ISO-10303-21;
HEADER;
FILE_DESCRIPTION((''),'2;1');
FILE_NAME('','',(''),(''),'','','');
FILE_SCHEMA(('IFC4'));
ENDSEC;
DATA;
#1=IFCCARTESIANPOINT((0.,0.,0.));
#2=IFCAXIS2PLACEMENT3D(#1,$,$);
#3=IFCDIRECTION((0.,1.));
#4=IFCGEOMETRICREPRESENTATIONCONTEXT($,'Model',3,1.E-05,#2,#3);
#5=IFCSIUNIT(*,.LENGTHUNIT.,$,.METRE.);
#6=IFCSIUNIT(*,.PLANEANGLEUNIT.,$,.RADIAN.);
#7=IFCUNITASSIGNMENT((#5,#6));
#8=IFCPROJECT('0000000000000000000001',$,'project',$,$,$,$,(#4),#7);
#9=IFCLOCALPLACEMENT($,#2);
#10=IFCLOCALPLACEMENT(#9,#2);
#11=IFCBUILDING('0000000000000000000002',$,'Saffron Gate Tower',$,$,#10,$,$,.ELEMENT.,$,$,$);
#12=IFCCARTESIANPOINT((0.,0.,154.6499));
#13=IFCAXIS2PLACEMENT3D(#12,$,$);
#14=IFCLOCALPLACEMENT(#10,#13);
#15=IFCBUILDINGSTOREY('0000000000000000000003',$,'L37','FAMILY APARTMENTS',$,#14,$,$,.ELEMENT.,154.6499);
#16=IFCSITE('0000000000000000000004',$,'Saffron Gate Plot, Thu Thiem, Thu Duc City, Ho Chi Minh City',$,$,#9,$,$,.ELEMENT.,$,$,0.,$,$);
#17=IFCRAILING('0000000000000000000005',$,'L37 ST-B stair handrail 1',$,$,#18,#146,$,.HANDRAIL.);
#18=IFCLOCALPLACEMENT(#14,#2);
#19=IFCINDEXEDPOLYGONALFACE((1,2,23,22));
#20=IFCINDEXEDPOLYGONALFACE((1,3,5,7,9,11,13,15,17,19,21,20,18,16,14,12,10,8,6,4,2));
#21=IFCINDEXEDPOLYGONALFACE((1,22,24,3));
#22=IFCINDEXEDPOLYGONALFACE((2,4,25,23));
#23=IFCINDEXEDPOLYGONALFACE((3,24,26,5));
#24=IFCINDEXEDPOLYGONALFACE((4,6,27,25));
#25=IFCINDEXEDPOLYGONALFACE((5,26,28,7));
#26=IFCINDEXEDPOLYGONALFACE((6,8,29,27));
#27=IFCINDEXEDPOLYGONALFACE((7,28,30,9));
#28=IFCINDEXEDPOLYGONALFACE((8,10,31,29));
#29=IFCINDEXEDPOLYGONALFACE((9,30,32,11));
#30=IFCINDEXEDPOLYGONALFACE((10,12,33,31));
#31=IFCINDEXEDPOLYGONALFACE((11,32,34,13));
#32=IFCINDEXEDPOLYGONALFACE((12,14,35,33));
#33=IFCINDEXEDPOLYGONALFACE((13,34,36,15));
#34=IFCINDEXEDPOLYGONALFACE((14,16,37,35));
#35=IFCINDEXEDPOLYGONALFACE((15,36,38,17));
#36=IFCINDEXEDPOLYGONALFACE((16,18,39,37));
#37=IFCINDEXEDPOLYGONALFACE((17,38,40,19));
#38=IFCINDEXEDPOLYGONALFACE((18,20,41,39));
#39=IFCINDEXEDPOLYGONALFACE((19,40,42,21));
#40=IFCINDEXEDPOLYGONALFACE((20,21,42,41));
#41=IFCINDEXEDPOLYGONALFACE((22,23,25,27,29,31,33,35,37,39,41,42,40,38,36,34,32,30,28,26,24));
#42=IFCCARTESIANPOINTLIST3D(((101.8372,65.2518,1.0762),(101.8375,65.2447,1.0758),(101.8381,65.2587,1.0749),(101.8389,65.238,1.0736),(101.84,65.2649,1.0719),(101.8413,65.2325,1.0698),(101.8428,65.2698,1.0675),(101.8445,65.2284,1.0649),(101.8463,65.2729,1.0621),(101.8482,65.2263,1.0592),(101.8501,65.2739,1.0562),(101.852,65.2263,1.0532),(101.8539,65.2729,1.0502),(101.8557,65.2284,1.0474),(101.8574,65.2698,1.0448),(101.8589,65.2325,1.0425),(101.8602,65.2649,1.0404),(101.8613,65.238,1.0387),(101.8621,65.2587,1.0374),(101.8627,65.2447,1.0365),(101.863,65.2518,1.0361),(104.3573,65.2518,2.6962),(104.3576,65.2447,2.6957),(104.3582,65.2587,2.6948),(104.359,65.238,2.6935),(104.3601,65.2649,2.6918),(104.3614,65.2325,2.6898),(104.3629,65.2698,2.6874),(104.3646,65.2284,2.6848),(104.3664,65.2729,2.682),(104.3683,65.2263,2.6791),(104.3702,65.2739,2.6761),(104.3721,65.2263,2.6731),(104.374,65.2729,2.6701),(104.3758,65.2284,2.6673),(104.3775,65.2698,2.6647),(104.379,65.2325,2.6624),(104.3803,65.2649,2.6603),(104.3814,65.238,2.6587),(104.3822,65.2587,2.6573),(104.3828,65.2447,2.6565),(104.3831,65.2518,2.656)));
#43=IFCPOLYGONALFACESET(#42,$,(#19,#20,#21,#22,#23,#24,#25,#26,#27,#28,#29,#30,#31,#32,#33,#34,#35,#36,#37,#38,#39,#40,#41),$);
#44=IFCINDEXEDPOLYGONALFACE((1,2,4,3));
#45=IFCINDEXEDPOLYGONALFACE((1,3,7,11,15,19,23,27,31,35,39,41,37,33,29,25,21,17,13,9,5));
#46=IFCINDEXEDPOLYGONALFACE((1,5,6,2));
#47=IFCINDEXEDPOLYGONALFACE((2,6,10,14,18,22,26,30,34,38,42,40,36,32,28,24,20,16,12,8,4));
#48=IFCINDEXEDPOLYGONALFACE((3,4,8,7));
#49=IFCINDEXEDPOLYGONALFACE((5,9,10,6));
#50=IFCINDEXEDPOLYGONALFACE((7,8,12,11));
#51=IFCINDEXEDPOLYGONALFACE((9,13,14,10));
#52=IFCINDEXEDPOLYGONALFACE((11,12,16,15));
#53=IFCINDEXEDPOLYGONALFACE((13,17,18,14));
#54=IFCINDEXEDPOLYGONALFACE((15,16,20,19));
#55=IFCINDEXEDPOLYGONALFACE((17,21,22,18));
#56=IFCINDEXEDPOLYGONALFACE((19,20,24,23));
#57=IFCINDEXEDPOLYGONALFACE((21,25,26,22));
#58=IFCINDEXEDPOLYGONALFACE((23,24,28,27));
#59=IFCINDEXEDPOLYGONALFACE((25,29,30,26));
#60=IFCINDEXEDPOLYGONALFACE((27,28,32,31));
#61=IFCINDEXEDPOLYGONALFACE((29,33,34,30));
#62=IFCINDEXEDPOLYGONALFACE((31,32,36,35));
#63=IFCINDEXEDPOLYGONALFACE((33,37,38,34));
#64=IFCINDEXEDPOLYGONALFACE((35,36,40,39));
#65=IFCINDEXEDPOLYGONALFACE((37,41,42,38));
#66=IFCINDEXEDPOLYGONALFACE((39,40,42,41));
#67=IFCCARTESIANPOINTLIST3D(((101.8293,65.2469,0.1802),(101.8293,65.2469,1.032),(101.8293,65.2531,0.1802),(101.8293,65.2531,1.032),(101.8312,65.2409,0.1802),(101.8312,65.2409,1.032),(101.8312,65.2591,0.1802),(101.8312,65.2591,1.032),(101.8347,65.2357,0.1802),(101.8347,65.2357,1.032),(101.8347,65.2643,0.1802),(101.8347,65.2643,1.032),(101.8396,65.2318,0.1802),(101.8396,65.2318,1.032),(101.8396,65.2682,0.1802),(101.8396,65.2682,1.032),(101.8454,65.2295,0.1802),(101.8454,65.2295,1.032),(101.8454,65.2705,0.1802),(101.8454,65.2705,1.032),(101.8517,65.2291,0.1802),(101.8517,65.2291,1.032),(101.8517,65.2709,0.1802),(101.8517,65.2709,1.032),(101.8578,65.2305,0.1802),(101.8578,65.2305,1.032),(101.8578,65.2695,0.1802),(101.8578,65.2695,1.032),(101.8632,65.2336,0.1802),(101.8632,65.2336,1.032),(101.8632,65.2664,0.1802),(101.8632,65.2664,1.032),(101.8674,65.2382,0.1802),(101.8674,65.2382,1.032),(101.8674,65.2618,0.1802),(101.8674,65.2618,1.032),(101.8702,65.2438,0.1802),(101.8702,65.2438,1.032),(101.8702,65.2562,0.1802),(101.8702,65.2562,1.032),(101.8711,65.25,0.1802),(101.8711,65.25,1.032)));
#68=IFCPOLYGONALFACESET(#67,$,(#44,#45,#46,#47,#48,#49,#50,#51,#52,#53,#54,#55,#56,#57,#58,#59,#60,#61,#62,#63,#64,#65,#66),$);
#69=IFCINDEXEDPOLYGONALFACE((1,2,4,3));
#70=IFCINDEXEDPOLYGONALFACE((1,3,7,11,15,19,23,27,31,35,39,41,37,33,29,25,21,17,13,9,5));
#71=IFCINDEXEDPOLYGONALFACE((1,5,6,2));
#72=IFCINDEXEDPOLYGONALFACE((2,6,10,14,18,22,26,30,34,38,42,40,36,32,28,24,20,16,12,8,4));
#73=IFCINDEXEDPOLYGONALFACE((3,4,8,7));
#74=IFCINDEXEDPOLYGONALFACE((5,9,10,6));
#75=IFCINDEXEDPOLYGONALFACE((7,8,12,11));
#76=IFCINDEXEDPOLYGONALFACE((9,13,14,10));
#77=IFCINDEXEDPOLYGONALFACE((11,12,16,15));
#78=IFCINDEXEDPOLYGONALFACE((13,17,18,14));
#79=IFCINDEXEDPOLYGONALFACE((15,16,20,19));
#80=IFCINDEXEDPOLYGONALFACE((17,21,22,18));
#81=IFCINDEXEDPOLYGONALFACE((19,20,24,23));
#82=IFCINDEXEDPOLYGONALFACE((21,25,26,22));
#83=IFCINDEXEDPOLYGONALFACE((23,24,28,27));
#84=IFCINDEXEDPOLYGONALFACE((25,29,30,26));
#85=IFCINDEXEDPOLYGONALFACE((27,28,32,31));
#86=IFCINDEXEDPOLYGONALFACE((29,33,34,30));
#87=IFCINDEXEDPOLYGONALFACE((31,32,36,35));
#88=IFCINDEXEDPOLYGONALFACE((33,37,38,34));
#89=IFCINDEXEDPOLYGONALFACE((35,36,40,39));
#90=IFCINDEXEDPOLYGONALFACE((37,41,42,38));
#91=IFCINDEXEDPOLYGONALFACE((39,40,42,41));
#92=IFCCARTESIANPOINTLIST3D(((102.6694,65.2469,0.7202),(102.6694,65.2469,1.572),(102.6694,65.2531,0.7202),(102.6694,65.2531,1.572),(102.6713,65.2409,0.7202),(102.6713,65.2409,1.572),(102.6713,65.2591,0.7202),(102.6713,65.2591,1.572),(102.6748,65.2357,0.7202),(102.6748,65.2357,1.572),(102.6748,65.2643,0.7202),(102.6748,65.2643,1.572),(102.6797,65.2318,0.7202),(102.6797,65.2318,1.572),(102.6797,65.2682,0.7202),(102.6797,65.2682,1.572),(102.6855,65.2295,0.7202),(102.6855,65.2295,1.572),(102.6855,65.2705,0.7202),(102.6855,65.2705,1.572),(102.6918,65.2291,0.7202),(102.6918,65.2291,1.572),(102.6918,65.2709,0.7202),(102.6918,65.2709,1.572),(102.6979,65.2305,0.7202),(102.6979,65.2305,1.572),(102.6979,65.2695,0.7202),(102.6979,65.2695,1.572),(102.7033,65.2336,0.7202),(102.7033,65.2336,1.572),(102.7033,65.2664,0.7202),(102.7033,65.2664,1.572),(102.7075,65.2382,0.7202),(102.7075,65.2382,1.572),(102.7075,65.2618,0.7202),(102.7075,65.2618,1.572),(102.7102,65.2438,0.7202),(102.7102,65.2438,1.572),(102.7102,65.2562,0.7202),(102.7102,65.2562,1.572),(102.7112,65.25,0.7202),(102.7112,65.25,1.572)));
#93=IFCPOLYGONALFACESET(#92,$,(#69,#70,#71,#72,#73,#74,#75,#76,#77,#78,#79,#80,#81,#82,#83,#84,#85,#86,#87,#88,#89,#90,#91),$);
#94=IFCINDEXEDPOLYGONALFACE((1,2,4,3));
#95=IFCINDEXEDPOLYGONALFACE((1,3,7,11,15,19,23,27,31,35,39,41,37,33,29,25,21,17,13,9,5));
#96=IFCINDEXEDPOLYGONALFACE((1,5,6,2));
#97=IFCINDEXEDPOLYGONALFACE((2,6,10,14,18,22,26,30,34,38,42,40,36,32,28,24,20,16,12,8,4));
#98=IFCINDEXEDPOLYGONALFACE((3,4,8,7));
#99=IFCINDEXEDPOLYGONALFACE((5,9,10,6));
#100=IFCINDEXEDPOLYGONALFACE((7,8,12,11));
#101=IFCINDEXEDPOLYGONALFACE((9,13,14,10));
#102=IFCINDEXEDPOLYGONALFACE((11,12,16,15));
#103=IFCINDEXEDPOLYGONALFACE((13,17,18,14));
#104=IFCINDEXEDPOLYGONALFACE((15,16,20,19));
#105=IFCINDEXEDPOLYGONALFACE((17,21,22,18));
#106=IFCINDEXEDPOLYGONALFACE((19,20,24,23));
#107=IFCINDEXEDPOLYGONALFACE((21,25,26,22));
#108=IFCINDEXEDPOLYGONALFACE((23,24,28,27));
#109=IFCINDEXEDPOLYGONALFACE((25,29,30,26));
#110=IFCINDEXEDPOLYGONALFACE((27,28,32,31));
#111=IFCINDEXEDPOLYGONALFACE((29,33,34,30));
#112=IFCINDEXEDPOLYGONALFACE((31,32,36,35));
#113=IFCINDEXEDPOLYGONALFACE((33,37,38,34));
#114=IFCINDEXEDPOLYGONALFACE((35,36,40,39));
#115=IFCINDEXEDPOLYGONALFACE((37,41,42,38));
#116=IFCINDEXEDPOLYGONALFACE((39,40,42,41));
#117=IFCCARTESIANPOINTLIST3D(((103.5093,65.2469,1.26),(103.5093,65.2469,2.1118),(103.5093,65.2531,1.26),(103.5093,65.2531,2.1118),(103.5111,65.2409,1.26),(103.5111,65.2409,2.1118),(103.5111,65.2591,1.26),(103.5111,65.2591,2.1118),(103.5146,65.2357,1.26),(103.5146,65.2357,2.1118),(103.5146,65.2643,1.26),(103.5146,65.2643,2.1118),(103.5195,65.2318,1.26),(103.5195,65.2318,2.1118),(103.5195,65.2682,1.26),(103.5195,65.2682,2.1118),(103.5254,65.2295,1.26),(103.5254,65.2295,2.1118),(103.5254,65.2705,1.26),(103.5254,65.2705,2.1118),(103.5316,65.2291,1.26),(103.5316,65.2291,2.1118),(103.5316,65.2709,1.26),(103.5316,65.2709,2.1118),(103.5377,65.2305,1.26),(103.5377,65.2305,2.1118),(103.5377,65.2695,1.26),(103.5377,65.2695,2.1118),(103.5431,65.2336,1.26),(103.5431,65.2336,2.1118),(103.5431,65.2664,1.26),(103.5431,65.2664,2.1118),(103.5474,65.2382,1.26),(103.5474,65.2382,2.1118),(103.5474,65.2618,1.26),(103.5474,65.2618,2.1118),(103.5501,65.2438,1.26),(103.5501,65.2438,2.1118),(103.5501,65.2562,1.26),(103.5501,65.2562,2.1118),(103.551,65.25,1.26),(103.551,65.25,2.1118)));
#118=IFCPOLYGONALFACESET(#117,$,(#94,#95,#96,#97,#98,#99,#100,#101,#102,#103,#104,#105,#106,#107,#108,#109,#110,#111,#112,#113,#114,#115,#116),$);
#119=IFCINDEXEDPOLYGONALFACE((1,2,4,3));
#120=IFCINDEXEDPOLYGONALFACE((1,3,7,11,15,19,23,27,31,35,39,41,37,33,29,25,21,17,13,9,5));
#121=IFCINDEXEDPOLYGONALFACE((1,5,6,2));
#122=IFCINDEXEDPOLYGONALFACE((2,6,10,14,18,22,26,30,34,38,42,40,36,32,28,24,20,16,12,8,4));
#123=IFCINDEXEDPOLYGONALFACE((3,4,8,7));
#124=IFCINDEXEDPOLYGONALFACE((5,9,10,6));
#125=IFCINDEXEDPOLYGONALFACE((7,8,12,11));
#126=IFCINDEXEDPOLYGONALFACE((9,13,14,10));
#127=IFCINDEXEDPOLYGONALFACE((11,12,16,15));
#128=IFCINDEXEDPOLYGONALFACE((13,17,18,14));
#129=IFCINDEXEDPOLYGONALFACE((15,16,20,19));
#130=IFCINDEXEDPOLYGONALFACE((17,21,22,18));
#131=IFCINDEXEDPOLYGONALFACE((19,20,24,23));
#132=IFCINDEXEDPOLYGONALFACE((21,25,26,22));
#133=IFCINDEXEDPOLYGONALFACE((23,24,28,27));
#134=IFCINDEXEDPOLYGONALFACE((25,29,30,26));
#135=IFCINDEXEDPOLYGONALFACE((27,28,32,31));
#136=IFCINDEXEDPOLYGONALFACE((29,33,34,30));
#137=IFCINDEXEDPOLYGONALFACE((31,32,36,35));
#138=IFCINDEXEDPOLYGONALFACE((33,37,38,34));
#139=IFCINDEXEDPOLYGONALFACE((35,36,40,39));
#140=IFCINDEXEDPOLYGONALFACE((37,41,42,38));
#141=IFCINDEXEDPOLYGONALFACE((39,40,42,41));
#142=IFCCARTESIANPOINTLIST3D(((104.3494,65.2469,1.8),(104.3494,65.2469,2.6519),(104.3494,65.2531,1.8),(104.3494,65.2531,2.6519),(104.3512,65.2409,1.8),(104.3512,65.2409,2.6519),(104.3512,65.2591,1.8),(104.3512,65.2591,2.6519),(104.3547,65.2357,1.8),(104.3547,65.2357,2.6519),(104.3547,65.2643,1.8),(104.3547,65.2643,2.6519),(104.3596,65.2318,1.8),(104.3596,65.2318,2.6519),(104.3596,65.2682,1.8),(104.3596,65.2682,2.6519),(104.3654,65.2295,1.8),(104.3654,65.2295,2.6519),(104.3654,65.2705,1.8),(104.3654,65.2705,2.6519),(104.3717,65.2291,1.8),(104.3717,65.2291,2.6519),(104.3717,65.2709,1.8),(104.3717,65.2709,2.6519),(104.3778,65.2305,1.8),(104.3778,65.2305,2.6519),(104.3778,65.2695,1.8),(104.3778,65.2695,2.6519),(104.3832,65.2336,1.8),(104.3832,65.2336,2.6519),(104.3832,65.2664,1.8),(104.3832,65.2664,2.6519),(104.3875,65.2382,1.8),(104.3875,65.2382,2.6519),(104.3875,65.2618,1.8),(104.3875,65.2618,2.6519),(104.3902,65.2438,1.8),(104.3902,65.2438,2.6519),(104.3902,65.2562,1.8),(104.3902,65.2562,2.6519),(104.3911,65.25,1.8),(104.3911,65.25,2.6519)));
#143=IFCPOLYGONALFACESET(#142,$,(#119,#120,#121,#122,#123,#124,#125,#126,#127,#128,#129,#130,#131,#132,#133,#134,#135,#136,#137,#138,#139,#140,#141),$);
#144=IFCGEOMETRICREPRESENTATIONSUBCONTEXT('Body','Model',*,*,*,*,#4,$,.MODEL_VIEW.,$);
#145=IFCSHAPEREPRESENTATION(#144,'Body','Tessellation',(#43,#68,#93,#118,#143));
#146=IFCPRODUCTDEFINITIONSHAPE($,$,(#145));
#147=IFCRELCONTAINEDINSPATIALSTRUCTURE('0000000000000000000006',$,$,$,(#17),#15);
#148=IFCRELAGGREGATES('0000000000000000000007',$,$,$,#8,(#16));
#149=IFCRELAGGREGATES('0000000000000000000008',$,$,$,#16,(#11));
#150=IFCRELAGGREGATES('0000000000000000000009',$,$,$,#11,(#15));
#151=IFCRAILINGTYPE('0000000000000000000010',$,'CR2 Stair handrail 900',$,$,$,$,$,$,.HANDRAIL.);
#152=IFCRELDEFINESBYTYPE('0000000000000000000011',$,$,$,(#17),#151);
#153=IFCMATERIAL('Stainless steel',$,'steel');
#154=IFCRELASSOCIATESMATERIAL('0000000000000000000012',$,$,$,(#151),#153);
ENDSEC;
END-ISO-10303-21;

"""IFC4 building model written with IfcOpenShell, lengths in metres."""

from ifc_helpers import new_model, si_unit, direction, frame, origin, origin_2d, place, context, subcontext, project, spatial, circle, extrude, material, type_object, element, save


model = new_model("IFC4")

# Units and contexts
model_context = context("Model", 3, precision=1e-05, world=origin(), true_north=direction((0.0, 1.0)))
body_context = subcontext(model_context, "Body", "Model", "MODEL_VIEW")
ifc_project = project(units=[si_unit("LENGTHUNIT", "METRE"), si_unit("PLANEANGLEUNIT", "RADIAN")], contexts=[model_context])

# Site, building, storey
site_placement = place(None, origin())
site = spatial("IfcSite", under=ifc_project, at=site_placement, Name="Saffron Gate Plot, Thu Thiem, Thu Duc City, Ho Chi Minh City", CompositionType="ELEMENT", RefElevation=0.0)
building_placement = place(site_placement, origin())
building = spatial("IfcBuilding", under=site, at=building_placement, Name="Saffron Gate Tower", CompositionType="ELEMENT")
storey_placement = place(building_placement, frame((0.0, 0.0, 154.6499)))
storey = spatial("IfcBuildingStorey", under=building, at=storey_placement, Name="L37", Description="FAMILY APARTMENTS", CompositionType="ELEMENT", Elevation=154.6499)

# Railing
ifc_material_1 = material(Name="Stainless steel", Category="steel")
railing_type_1 = type_object("IfcRailingType", Name="CR2 Stair handrail 900", PredefinedType="HANDRAIL", material=ifc_material_1)
railing_1_placement = place(storey_placement, frame((101.8501, 65.25, 0.1802)))
element("IfcRailing", 1, at=railing_1_placement, inside=storey, type_object=railing_type_1, Name="L37 ST-B stair handrail 1", PredefinedType="HANDRAIL", context=body_context, shape_type="SweptSolid", body=[
    extrude(circle(Radius=0.0239, at=origin_2d()), frame((0.0, 0.0, 0.876), z_axis=(0.8412, 0.0, 0.540725), x_axis=(0.0, 1.0, 0.0)), (0.0, 0.0, 1.0), 2.9958),
    extrude(circle(Radius=0.021, at=origin_2d()), origin(), (0.0, 0.0, 1.0), 0.8518),
    extrude(circle(Radius=0.021, at=origin_2d()), frame((0.8401, 0.0, 0.54)), (0.0, 0.0, 1.0), 0.8518),
    extrude(circle(Radius=0.021, at=origin_2d()), frame((1.6799, 0.0, 1.0798)), (0.0, 0.0, 1.0), 0.8518),
    extrude(circle(Radius=0.021, at=origin_2d()), frame((2.52, 0.0, 1.6199)), (0.0, 0.0, 1.0), 0.8518),
])

save(model, "model.ifc")
